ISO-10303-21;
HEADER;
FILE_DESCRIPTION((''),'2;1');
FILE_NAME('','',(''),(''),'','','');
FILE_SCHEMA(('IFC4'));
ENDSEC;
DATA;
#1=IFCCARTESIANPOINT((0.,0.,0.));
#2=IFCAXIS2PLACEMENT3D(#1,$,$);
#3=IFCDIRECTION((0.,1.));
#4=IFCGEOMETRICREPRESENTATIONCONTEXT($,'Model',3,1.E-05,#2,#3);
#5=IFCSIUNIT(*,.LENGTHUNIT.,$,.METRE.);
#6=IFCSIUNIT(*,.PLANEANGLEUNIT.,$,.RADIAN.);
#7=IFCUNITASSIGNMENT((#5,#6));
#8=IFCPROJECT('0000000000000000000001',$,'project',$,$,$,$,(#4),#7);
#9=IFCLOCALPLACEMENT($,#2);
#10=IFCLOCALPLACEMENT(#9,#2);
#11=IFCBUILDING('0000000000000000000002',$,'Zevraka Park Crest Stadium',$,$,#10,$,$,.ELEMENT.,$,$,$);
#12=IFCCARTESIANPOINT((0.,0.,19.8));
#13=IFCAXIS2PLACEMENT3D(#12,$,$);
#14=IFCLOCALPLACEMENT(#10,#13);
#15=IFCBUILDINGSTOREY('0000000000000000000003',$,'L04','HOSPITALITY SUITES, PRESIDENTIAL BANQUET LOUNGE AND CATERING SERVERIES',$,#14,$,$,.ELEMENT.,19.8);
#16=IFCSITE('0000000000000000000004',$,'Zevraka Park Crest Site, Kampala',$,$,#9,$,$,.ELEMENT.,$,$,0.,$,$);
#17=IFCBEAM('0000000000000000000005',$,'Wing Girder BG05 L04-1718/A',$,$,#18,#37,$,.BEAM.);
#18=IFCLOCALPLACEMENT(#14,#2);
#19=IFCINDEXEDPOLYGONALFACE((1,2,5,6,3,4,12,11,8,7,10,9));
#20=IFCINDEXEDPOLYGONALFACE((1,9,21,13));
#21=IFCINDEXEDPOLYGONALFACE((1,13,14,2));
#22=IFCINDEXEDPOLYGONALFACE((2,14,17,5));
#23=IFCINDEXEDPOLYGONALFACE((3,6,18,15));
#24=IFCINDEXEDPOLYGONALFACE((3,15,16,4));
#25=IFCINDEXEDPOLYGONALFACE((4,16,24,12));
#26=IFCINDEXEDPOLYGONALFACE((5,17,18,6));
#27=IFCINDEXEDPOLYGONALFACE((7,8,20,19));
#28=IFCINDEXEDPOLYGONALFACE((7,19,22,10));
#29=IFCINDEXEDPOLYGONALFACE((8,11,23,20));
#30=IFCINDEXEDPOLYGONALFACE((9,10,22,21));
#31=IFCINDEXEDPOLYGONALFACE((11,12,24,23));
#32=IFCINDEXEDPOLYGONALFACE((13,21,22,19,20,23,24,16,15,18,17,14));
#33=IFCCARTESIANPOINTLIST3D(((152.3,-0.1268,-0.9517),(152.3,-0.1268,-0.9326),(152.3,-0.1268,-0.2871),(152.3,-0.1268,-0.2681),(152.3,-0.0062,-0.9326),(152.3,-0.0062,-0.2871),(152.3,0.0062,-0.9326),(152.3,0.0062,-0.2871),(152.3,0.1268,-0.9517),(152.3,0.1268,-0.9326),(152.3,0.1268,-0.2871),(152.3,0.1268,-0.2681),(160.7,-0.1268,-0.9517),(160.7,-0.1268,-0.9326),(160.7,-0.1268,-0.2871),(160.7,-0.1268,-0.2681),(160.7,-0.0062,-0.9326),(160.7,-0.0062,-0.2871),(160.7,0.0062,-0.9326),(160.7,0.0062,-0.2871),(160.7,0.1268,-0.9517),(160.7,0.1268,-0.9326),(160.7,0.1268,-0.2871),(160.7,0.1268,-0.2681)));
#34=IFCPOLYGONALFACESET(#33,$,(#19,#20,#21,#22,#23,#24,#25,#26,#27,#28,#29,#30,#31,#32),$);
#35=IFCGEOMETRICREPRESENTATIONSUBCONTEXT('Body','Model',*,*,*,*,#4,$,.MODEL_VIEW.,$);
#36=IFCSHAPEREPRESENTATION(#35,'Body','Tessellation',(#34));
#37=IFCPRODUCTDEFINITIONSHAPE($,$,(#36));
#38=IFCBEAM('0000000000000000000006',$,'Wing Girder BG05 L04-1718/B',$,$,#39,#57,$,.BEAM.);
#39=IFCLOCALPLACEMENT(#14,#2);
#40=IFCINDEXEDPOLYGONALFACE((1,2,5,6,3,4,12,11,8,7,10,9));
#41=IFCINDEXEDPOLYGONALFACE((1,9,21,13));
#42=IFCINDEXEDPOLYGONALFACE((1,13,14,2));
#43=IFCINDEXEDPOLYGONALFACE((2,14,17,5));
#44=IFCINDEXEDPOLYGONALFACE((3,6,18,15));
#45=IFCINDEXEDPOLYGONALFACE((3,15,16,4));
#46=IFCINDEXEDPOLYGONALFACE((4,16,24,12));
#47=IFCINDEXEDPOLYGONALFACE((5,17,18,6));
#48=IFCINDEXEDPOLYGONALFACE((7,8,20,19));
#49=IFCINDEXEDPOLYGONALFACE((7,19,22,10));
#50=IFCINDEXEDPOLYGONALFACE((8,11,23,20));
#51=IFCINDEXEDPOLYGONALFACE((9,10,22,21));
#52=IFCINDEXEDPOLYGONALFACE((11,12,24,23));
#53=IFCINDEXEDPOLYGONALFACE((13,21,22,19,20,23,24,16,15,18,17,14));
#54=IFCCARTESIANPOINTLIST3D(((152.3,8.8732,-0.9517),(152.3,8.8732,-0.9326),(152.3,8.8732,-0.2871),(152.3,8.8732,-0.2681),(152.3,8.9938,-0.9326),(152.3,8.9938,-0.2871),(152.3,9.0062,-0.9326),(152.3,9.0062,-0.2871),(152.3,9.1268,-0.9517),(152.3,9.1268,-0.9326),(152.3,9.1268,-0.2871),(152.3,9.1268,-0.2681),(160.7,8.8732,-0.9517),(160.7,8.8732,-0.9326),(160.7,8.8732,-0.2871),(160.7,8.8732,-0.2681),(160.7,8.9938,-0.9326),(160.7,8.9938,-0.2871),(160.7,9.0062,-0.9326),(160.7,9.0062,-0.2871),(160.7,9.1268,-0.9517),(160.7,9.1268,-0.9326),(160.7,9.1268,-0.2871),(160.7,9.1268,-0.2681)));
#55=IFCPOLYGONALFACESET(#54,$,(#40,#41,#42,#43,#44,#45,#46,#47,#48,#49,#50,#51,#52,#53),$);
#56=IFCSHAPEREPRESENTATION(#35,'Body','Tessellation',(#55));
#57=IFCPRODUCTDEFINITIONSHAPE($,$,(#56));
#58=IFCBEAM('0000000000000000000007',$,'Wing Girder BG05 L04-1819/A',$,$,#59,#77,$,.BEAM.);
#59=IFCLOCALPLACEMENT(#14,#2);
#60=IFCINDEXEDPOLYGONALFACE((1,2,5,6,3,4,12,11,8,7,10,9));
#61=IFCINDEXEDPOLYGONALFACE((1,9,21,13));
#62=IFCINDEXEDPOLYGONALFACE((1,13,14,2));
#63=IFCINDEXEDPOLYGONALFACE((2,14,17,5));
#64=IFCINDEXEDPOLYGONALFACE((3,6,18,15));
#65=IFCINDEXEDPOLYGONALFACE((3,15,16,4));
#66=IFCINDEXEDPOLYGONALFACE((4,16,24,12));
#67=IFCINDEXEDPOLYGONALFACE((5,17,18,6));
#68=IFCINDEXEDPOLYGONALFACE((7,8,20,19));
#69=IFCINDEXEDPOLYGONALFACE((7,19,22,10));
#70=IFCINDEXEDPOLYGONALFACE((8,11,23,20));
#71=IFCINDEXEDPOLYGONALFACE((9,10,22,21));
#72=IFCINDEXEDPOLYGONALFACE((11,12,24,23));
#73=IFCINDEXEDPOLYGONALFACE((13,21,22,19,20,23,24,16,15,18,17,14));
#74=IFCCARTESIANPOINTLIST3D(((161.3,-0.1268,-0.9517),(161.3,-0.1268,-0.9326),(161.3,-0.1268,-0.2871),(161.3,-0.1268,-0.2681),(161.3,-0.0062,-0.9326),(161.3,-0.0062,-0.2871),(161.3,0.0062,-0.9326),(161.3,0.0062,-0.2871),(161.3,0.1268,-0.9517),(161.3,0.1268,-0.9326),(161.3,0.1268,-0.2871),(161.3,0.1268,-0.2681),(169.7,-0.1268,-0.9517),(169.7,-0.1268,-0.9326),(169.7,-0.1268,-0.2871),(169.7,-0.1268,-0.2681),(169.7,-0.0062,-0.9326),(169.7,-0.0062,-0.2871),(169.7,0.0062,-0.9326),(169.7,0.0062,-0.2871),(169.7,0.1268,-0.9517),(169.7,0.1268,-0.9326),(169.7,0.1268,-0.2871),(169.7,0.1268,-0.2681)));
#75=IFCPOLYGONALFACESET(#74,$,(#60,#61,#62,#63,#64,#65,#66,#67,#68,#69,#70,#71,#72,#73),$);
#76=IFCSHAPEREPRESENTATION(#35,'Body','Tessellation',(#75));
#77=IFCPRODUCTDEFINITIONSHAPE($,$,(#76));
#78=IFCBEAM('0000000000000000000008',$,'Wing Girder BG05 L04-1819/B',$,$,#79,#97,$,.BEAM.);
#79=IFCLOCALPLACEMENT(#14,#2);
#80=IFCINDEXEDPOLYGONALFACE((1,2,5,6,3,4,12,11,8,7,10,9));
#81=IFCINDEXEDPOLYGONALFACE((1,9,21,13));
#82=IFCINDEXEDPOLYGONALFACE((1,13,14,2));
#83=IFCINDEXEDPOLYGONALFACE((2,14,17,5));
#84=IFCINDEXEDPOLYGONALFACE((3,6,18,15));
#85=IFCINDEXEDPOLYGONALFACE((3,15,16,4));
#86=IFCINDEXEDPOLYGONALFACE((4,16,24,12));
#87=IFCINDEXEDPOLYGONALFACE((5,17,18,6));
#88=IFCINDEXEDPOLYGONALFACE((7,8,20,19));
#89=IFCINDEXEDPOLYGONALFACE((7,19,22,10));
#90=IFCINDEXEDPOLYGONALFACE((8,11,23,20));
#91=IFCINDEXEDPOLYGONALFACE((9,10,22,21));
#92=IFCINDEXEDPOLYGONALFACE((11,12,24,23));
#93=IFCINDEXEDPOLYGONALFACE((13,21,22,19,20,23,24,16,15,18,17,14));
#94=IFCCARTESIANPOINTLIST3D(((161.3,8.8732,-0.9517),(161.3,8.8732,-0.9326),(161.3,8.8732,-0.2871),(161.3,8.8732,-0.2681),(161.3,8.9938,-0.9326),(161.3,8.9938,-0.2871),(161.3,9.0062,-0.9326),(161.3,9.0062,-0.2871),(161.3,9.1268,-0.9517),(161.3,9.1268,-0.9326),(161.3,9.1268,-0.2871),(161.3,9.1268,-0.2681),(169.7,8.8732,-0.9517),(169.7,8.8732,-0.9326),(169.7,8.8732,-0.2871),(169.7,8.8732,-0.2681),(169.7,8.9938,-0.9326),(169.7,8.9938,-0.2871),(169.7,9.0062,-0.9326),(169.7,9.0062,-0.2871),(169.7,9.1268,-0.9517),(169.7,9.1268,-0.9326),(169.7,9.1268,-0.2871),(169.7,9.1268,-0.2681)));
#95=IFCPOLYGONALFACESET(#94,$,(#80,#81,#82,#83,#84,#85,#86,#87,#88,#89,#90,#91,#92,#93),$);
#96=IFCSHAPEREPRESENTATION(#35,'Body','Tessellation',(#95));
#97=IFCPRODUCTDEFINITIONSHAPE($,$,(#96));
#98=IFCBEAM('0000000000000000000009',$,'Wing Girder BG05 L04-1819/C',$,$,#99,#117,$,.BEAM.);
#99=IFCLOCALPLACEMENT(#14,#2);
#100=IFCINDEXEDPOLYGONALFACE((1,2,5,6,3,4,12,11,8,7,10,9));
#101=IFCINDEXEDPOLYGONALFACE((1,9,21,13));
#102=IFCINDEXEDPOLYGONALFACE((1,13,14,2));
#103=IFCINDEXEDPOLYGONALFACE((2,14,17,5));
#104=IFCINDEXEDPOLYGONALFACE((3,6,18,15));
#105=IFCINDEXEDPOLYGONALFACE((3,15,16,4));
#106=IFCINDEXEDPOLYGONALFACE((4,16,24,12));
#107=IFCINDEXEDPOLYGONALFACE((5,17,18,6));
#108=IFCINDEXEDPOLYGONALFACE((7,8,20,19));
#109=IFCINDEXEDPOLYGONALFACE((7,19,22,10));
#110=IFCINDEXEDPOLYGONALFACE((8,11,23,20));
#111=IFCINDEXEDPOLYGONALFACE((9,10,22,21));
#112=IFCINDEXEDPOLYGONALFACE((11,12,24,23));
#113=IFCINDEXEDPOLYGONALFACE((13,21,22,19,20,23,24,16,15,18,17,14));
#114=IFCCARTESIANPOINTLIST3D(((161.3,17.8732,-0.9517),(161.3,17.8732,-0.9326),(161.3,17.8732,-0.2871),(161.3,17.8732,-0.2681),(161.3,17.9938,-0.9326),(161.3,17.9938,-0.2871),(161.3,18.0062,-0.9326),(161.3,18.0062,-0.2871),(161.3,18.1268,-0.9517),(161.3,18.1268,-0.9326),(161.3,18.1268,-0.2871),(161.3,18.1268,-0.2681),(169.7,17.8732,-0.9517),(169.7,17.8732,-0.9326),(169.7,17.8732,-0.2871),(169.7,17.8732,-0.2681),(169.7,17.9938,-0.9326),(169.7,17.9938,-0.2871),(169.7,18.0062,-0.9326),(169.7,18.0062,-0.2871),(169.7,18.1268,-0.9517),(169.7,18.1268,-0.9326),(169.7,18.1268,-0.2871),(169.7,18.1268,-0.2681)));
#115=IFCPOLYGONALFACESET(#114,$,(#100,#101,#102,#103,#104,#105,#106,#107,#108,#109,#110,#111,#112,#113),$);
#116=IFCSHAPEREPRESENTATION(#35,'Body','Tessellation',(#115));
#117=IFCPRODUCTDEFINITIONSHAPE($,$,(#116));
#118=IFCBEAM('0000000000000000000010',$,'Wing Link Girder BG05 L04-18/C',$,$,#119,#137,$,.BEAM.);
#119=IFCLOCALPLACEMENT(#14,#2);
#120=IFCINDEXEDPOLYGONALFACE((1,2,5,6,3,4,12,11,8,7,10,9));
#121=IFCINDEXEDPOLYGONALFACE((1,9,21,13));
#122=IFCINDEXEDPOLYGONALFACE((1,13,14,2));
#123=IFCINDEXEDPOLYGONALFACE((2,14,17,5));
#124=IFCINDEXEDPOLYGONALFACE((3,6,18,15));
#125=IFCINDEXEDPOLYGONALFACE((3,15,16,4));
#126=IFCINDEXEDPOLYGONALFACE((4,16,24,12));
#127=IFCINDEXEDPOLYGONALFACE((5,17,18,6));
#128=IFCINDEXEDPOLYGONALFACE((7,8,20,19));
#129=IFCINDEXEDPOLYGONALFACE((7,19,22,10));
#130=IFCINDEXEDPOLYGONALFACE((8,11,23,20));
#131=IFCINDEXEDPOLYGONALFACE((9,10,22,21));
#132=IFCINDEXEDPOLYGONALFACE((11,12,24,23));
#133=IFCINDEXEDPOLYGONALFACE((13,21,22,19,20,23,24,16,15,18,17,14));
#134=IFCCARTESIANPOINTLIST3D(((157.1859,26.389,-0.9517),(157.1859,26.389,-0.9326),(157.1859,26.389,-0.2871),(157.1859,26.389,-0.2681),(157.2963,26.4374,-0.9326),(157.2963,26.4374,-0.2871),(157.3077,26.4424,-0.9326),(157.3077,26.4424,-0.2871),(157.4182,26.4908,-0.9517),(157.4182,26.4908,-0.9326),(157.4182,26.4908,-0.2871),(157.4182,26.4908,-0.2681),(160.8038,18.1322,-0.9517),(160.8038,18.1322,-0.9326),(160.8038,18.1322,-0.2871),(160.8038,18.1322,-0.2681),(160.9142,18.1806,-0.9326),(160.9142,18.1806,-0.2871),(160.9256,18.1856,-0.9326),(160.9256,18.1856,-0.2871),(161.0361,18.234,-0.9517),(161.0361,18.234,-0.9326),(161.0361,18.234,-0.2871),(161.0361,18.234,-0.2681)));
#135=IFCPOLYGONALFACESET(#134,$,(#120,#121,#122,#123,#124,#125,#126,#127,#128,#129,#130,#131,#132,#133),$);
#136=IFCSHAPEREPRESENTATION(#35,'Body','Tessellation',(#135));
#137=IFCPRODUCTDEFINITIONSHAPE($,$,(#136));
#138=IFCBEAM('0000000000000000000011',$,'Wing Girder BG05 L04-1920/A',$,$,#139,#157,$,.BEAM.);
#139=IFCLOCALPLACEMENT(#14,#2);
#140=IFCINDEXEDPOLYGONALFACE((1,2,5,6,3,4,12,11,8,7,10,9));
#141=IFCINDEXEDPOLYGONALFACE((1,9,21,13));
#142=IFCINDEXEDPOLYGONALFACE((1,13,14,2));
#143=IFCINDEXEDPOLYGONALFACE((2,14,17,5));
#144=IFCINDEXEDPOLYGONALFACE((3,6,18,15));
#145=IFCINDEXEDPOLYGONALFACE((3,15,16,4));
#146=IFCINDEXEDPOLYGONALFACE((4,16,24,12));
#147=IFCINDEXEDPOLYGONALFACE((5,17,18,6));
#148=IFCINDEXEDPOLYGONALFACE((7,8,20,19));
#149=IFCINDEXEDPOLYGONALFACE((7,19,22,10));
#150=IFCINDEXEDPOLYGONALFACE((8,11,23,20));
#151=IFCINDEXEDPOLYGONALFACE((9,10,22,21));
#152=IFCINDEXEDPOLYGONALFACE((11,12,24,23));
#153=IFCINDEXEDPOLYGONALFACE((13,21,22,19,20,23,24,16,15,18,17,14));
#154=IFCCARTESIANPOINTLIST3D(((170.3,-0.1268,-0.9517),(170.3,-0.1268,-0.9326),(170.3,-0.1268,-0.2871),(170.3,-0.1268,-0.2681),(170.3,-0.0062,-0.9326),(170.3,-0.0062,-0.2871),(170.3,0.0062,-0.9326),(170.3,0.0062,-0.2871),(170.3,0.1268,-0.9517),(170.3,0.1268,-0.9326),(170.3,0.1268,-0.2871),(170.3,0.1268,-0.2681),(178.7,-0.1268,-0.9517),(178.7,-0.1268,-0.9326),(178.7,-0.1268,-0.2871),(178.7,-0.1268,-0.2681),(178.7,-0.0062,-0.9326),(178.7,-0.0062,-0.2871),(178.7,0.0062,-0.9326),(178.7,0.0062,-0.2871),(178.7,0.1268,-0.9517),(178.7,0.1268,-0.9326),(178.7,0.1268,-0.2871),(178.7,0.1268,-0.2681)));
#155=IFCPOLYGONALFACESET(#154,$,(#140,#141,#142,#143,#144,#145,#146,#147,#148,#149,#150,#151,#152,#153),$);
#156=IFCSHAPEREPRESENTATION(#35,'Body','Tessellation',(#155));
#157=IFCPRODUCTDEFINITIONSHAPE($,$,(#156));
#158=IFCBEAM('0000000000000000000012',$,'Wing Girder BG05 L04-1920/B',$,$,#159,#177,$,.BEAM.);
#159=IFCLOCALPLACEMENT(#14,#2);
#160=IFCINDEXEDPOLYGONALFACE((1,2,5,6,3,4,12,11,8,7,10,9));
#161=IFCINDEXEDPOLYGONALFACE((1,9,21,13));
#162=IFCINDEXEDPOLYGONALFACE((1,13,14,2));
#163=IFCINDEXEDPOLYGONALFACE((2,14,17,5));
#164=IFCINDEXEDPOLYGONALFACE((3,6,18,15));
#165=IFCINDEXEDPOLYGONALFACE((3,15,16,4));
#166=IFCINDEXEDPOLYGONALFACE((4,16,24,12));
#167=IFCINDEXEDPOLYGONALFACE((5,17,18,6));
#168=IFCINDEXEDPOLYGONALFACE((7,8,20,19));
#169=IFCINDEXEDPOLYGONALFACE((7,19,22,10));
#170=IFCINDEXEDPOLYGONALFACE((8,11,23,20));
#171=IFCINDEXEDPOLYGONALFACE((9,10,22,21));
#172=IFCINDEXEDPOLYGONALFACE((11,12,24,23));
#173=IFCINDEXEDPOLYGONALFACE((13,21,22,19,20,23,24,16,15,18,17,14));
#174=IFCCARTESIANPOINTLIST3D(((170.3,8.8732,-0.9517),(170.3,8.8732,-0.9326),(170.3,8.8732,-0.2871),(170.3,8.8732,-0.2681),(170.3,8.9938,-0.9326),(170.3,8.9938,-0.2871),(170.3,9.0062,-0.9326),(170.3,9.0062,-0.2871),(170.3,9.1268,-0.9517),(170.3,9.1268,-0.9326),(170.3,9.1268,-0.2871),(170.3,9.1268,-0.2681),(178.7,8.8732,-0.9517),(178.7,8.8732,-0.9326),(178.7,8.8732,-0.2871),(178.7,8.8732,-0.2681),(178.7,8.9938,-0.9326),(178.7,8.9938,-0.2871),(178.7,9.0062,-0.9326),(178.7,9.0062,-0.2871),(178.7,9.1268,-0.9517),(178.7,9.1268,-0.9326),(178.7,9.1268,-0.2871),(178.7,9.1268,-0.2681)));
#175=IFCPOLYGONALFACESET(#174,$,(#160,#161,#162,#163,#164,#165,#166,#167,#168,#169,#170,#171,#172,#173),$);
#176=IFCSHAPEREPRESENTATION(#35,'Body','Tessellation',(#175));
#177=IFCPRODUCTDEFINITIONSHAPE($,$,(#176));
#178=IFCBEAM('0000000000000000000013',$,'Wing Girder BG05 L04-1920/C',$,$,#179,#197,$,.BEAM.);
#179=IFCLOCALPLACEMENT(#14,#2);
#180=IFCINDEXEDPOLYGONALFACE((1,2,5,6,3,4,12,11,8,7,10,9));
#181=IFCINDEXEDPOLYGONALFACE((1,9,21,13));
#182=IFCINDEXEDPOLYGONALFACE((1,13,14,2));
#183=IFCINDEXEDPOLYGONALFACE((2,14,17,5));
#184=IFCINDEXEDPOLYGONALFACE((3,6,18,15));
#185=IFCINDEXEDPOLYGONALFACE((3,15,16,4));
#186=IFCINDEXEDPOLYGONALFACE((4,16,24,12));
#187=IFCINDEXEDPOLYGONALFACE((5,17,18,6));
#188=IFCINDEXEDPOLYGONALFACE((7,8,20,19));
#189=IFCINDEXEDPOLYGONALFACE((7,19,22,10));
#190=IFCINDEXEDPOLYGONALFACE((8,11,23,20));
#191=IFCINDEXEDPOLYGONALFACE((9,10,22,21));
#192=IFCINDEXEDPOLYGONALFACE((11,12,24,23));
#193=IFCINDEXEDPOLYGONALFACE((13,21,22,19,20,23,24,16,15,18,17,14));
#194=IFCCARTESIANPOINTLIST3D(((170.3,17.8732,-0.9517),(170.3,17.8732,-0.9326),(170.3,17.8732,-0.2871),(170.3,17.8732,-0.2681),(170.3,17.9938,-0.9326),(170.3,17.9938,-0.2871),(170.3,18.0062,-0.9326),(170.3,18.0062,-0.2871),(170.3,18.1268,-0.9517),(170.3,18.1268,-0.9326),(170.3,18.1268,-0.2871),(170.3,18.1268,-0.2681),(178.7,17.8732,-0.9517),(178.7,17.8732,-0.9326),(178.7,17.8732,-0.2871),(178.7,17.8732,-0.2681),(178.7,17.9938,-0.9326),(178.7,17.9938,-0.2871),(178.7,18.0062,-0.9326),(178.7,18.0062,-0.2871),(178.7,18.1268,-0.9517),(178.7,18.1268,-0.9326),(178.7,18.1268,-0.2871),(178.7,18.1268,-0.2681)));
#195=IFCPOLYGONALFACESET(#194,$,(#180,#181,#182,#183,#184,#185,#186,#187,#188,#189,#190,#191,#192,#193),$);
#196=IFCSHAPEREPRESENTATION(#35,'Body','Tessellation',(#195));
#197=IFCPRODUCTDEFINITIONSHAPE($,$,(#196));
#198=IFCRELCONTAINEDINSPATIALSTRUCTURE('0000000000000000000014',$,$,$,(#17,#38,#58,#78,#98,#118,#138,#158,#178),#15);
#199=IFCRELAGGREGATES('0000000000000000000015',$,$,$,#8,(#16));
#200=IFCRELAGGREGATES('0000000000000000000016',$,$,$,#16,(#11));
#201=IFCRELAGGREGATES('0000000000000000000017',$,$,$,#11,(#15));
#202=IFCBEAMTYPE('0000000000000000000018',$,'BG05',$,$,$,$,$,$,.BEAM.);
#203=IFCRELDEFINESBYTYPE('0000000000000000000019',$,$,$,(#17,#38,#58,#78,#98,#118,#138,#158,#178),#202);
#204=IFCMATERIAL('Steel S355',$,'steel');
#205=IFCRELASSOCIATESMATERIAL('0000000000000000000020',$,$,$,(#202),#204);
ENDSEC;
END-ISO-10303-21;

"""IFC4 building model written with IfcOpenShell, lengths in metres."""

from ifc_helpers import new_model, si_unit, direction, frame, origin, origin_2d, place, context, subcontext, project, spatial, i_section, extrude, material, material_profile, profile_set, type_object, element, save


model = new_model("IFC4")

# Units and contexts
model_context = context("Model", 3, precision=1e-05, world=origin(), true_north=direction((0.0, 1.0)))
body_context = subcontext(model_context, "Body", "Model", "MODEL_VIEW")
ifc_project = project(units=[si_unit("LENGTHUNIT", "METRE"), si_unit("PLANEANGLEUNIT", "RADIAN")], contexts=[model_context])

# Site, building, storey
site_placement = place(None, origin())
site = spatial("IfcSite", under=ifc_project, at=site_placement, Name="Zevraka Park Crest Site, Kampala", CompositionType="ELEMENT", RefElevation=0.0)
building_placement = place(site_placement, origin())
building = spatial("IfcBuilding", under=site, at=building_placement, Name="Zevraka Park Crest Stadium", CompositionType="ELEMENT")
storey_placement = place(building_placement, frame((0.0, 0.0, 19.8)))
storey = spatial("IfcBuildingStorey", under=building, at=storey_placement, Name="L04", Description="HOSPITALITY SUITES, PRESIDENTIAL BANQUET LOUNGE AND CATERING SERVERIES", CompositionType="ELEMENT", Elevation=19.8)

# Beams
ifc_material_1 = material(Name="Steel S355", Category="steel")
ifc_material_profile_1 = material_profile(ifc_material_1, i_section(OverallWidth=0.2537, OverallDepth=0.6836, WebThickness=0.0125, FlangeThickness=0.019, at=origin_2d()), Name="UKB 686x254x140")
ifc_profile_set_1 = profile_set([ifc_material_profile_1], Name="Steel S355")
beam_type_1 = type_object("IfcBeamType", Name="BG05", PredefinedType="BEAM", material=ifc_profile_set_1)
for number, where, z_axis, x_axis, name in (
    (1, (152.3, 0.0, -0.6099), (1.0, 0.0, 0.0), (0.0, 1.0, 0.0), "Wing Girder BG05 L04-1718/A"),
    (2, (152.3, 9.0, -0.6099), (1.0, 0.0, 0.0), (0.0, 1.0, 0.0), "Wing Girder BG05 L04-1718/B"),
    (3, (161.3, 0.0, -0.6099), (1.0, 0.0, 0.0), (0.0, 1.0, 0.0), "Wing Girder BG05 L04-1819/A"),
    (4, (161.3, 9.0, -0.6099), (1.0, 0.0, 0.0), (0.0, 1.0, 0.0), "Wing Girder BG05 L04-1819/B"),
    (5, (161.3, 18.0, -0.6099), (1.0, 0.0, 0.0), (0.0, 1.0, 0.0), "Wing Girder BG05 L04-1819/C"),
):
    element("IfcBeam", number, at=place(storey_placement, frame(where, z_axis=z_axis, x_axis=x_axis)), inside=storey, type_object=beam_type_1, Name=name, PredefinedType="BEAM", context=body_context, shape_type="SweptSolid", body=[
        extrude(i_section(OverallWidth=0.2537, OverallDepth=0.6836, WebThickness=0.0125, FlangeThickness=0.019, at=origin_2d()), origin(), (0.0, 0.0, 1.0), 8.3999),
    ])
beam_placement = place(storey_placement, frame((160.9199, 18.1831, -0.6099), z_axis=(-0.401336, 0.915931, 0.0), x_axis=(-0.915931, -0.401336, 0.0)))
element("IfcBeam", 6, at=beam_placement, inside=storey, type_object=beam_type_1, Name="Wing Link Girder BG05 L04-18/C", PredefinedType="BEAM", context=body_context, shape_type="SweptSolid", body=[
    extrude(i_section(OverallWidth=0.2537, OverallDepth=0.6836, WebThickness=0.0125, FlangeThickness=0.019, at=origin_2d()), origin(), (0.0, 0.0, 1.0), 9.0146),
])
for number, where, z_axis, x_axis, name in (
    (7, (170.3, 0.0, -0.6099), (1.0, 0.0, 0.0), (0.0, 1.0, 0.0), "Wing Girder BG05 L04-1920/A"),
    (8, (170.3, 9.0, -0.6099), (1.0, 0.0, 0.0), (0.0, 1.0, 0.0), "Wing Girder BG05 L04-1920/B"),
    (9, (170.3, 18.0, -0.6099), (1.0, 0.0, 0.0), (0.0, 1.0, 0.0), "Wing Girder BG05 L04-1920/C"),
):
    element("IfcBeam", number, at=place(storey_placement, frame(where, z_axis=z_axis, x_axis=x_axis)), inside=storey, type_object=beam_type_1, Name=name, PredefinedType="BEAM", context=body_context, shape_type="SweptSolid", body=[
        extrude(i_section(OverallWidth=0.2537, OverallDepth=0.6836, WebThickness=0.0125, FlangeThickness=0.019, at=origin_2d()), origin(), (0.0, 0.0, 1.0), 8.3999),
    ])

save(model, "model.ifc")
